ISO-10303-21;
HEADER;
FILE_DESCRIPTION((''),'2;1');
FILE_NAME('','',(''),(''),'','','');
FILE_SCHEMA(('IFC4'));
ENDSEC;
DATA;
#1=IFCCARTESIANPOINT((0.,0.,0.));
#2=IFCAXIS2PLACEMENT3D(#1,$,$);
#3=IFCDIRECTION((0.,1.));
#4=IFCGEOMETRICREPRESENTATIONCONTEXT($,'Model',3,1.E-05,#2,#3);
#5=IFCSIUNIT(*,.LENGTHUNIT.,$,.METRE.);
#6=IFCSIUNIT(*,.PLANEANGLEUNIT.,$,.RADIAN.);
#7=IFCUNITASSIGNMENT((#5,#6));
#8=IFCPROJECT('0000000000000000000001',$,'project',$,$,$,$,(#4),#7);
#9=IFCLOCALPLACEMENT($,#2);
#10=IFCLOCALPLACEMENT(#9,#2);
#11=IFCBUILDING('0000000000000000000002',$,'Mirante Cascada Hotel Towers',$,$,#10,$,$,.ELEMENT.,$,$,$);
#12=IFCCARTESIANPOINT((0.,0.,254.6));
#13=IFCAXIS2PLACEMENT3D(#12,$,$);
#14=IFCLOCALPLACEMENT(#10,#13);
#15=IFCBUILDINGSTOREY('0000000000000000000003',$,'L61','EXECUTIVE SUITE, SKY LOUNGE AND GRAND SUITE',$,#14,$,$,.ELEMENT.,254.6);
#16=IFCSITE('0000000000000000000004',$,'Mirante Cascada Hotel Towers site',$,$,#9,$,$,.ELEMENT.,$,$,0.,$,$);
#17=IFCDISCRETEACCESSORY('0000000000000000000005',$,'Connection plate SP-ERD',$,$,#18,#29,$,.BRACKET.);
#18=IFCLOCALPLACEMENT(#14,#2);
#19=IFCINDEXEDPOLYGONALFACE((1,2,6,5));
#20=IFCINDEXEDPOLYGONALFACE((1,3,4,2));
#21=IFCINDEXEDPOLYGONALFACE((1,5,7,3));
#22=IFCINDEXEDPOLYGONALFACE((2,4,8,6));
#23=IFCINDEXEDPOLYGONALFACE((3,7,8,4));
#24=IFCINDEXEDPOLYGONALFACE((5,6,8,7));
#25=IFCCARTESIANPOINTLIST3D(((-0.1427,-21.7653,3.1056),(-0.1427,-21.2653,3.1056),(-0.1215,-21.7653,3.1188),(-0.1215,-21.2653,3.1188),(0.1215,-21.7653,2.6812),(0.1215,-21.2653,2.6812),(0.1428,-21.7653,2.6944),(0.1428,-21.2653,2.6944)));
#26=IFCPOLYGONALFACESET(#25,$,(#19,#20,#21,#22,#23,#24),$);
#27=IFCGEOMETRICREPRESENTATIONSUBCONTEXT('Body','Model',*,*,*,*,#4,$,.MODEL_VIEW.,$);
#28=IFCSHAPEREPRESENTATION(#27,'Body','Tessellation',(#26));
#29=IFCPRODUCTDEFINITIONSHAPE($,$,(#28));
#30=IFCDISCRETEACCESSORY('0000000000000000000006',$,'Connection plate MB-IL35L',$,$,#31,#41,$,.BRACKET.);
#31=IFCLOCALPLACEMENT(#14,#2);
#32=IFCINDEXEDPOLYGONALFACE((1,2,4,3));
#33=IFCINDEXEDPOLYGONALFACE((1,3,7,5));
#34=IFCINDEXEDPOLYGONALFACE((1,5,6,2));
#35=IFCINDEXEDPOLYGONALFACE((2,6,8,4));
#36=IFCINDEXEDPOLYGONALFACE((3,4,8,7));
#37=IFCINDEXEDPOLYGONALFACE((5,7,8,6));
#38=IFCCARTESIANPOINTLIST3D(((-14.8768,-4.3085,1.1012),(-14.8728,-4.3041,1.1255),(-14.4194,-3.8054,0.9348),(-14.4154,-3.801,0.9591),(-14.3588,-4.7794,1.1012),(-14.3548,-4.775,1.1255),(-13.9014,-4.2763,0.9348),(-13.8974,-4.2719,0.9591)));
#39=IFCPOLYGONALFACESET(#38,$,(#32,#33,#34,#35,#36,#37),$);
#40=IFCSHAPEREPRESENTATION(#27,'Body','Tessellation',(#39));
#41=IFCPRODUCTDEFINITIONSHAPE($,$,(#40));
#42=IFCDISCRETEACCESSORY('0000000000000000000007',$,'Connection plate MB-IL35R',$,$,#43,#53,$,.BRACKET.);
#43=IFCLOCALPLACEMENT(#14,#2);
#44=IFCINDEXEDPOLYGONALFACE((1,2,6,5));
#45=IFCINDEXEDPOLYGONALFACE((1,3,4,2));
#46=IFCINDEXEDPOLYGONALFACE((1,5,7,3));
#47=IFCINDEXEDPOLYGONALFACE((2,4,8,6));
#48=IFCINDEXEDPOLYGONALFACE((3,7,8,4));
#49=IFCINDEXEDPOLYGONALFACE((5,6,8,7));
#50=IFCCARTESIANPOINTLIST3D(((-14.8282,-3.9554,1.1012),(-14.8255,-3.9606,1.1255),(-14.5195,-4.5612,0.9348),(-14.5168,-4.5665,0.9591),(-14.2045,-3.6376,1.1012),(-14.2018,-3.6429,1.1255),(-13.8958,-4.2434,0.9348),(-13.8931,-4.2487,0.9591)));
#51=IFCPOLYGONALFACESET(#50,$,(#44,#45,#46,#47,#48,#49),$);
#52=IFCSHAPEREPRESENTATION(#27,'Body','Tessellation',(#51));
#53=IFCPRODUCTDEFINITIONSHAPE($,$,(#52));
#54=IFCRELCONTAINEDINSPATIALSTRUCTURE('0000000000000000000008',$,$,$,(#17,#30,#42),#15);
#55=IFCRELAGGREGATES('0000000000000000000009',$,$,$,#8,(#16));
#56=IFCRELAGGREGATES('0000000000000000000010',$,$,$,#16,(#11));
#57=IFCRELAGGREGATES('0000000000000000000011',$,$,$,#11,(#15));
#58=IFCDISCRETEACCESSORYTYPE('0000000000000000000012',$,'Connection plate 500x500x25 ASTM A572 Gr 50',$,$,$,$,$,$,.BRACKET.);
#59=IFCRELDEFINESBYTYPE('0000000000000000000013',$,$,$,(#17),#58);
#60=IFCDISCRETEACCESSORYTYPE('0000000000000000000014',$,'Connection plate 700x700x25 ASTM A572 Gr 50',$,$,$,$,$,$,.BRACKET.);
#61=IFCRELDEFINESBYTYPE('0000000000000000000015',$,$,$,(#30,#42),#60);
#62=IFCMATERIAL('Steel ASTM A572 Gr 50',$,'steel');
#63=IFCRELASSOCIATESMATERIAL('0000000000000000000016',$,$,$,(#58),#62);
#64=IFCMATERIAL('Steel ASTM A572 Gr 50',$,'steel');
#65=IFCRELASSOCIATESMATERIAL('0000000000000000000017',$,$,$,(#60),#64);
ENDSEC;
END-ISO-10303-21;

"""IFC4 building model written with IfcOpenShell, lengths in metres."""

from ifc_helpers import new_model, si_unit, direction, frame, origin, origin_2d, place, context, subcontext, project, spatial, rectangle, extrude, material, material_profile, profile_set, type_object, element, save


model = new_model("IFC4")

# Units and contexts
model_context = context("Model", 3, precision=1e-05, world=origin(), true_north=direction((0.0, 1.0)))
body_context = subcontext(model_context, "Body", "Model", "MODEL_VIEW")
ifc_project = project(units=[si_unit("LENGTHUNIT", "METRE"), si_unit("PLANEANGLEUNIT", "RADIAN")], contexts=[model_context])

# Site, building, storey
site_placement = place(None, origin())
site = spatial("IfcSite", under=ifc_project, at=site_placement, Name="Mirante Cascada Hotel Towers site", CompositionType="ELEMENT", RefElevation=0.0)
building_placement = place(site_placement, origin())
building = spatial("IfcBuilding", under=site, at=building_placement, Name="Mirante Cascada Hotel Towers", CompositionType="ELEMENT")
storey_placement = place(building_placement, frame((0.0, 0.0, 254.6)))
storey = spatial("IfcBuildingStorey", under=building, at=storey_placement, Name="L61", Description="EXECUTIVE SUITE, SKY LOUNGE AND GRAND SUITE", CompositionType="ELEMENT", Elevation=254.6)

# Discrete accessories
ifc_material_1 = material(Name="Steel ASTM A572 Gr 50", Category="steel")
ifc_material_profile_1 = material_profile(ifc_material_1, rectangle(XDim=0.5, YDim=0.5, at=origin_2d()), Name="Connection plate 500x500x25 ASTM A572 Gr 50")
ifc_profile_set_1 = profile_set([ifc_material_profile_1], Name="Steel ASTM A572 Gr 50")
discrete_accessory_type_1 = type_object("IfcDiscreteAccessoryType", Name="Connection plate 500x500x25 ASTM A572 Gr 50", PredefinedType="BRACKET", material=ifc_profile_set_1)
discrete_accessory_1_placement = place(storey_placement, frame((-0.0106, -21.5153, 2.8934), z_axis=(0.848897, 0.0, 0.528559), x_axis=(0.0, 1.0, 0.0)))
element("IfcDiscreteAccessory", 1, at=discrete_accessory_1_placement, inside=storey, type_object=discrete_accessory_type_1, Name="Connection plate SP-ERD", PredefinedType="BRACKET", context=body_context, shape_type="SweptSolid", body=[
    extrude(rectangle(XDim=0.5, YDim=0.5, at=origin_2d()), origin(), (0.0, 0.0, 1.0), 0.025),
])
ifc_material_2 = material(Name="Steel ASTM A572 Gr 50", Category="steel")
ifc_material_profile_2 = material_profile(ifc_material_2, rectangle(XDim=0.7, YDim=0.7, at=origin_2d()), Name="Connection plate 700x700x25 ASTM A572 Gr 50")
ifc_profile_set_2 = profile_set([ifc_material_profile_2], Name="Steel ASTM A572 Gr 50")
discrete_accessory_type_2 = type_object("IfcDiscreteAccessoryType", Name="Connection plate 700x700x25 ASTM A572 Gr 50", PredefinedType="BRACKET", material=ifc_profile_set_2)
for number, where, z_axis, x_axis, name in (
    (2, (-14.3891, -4.2924, 1.018), (0.159891, 0.17588, 0.97134), (-0.73994, 0.672673, 0.0), "Connection plate MB-IL35L"),
    (3, (-14.362, -4.0994, 1.018), (0.107925, -0.211853, 0.971324), (0.891039, 0.453926, 0.0), "Connection plate MB-IL35R"),
):
    element("IfcDiscreteAccessory", number, at=place(storey_placement, frame(where, z_axis=z_axis, x_axis=x_axis)), inside=storey, type_object=discrete_accessory_type_2, Name=name, PredefinedType="BRACKET", context=body_context, shape_type="SweptSolid", body=[
        extrude(rectangle(XDim=0.7, YDim=0.7, at=origin_2d()), origin(), (0.0, 0.0, 1.0), 0.025),
    ])

save(model, "model.ifc")
